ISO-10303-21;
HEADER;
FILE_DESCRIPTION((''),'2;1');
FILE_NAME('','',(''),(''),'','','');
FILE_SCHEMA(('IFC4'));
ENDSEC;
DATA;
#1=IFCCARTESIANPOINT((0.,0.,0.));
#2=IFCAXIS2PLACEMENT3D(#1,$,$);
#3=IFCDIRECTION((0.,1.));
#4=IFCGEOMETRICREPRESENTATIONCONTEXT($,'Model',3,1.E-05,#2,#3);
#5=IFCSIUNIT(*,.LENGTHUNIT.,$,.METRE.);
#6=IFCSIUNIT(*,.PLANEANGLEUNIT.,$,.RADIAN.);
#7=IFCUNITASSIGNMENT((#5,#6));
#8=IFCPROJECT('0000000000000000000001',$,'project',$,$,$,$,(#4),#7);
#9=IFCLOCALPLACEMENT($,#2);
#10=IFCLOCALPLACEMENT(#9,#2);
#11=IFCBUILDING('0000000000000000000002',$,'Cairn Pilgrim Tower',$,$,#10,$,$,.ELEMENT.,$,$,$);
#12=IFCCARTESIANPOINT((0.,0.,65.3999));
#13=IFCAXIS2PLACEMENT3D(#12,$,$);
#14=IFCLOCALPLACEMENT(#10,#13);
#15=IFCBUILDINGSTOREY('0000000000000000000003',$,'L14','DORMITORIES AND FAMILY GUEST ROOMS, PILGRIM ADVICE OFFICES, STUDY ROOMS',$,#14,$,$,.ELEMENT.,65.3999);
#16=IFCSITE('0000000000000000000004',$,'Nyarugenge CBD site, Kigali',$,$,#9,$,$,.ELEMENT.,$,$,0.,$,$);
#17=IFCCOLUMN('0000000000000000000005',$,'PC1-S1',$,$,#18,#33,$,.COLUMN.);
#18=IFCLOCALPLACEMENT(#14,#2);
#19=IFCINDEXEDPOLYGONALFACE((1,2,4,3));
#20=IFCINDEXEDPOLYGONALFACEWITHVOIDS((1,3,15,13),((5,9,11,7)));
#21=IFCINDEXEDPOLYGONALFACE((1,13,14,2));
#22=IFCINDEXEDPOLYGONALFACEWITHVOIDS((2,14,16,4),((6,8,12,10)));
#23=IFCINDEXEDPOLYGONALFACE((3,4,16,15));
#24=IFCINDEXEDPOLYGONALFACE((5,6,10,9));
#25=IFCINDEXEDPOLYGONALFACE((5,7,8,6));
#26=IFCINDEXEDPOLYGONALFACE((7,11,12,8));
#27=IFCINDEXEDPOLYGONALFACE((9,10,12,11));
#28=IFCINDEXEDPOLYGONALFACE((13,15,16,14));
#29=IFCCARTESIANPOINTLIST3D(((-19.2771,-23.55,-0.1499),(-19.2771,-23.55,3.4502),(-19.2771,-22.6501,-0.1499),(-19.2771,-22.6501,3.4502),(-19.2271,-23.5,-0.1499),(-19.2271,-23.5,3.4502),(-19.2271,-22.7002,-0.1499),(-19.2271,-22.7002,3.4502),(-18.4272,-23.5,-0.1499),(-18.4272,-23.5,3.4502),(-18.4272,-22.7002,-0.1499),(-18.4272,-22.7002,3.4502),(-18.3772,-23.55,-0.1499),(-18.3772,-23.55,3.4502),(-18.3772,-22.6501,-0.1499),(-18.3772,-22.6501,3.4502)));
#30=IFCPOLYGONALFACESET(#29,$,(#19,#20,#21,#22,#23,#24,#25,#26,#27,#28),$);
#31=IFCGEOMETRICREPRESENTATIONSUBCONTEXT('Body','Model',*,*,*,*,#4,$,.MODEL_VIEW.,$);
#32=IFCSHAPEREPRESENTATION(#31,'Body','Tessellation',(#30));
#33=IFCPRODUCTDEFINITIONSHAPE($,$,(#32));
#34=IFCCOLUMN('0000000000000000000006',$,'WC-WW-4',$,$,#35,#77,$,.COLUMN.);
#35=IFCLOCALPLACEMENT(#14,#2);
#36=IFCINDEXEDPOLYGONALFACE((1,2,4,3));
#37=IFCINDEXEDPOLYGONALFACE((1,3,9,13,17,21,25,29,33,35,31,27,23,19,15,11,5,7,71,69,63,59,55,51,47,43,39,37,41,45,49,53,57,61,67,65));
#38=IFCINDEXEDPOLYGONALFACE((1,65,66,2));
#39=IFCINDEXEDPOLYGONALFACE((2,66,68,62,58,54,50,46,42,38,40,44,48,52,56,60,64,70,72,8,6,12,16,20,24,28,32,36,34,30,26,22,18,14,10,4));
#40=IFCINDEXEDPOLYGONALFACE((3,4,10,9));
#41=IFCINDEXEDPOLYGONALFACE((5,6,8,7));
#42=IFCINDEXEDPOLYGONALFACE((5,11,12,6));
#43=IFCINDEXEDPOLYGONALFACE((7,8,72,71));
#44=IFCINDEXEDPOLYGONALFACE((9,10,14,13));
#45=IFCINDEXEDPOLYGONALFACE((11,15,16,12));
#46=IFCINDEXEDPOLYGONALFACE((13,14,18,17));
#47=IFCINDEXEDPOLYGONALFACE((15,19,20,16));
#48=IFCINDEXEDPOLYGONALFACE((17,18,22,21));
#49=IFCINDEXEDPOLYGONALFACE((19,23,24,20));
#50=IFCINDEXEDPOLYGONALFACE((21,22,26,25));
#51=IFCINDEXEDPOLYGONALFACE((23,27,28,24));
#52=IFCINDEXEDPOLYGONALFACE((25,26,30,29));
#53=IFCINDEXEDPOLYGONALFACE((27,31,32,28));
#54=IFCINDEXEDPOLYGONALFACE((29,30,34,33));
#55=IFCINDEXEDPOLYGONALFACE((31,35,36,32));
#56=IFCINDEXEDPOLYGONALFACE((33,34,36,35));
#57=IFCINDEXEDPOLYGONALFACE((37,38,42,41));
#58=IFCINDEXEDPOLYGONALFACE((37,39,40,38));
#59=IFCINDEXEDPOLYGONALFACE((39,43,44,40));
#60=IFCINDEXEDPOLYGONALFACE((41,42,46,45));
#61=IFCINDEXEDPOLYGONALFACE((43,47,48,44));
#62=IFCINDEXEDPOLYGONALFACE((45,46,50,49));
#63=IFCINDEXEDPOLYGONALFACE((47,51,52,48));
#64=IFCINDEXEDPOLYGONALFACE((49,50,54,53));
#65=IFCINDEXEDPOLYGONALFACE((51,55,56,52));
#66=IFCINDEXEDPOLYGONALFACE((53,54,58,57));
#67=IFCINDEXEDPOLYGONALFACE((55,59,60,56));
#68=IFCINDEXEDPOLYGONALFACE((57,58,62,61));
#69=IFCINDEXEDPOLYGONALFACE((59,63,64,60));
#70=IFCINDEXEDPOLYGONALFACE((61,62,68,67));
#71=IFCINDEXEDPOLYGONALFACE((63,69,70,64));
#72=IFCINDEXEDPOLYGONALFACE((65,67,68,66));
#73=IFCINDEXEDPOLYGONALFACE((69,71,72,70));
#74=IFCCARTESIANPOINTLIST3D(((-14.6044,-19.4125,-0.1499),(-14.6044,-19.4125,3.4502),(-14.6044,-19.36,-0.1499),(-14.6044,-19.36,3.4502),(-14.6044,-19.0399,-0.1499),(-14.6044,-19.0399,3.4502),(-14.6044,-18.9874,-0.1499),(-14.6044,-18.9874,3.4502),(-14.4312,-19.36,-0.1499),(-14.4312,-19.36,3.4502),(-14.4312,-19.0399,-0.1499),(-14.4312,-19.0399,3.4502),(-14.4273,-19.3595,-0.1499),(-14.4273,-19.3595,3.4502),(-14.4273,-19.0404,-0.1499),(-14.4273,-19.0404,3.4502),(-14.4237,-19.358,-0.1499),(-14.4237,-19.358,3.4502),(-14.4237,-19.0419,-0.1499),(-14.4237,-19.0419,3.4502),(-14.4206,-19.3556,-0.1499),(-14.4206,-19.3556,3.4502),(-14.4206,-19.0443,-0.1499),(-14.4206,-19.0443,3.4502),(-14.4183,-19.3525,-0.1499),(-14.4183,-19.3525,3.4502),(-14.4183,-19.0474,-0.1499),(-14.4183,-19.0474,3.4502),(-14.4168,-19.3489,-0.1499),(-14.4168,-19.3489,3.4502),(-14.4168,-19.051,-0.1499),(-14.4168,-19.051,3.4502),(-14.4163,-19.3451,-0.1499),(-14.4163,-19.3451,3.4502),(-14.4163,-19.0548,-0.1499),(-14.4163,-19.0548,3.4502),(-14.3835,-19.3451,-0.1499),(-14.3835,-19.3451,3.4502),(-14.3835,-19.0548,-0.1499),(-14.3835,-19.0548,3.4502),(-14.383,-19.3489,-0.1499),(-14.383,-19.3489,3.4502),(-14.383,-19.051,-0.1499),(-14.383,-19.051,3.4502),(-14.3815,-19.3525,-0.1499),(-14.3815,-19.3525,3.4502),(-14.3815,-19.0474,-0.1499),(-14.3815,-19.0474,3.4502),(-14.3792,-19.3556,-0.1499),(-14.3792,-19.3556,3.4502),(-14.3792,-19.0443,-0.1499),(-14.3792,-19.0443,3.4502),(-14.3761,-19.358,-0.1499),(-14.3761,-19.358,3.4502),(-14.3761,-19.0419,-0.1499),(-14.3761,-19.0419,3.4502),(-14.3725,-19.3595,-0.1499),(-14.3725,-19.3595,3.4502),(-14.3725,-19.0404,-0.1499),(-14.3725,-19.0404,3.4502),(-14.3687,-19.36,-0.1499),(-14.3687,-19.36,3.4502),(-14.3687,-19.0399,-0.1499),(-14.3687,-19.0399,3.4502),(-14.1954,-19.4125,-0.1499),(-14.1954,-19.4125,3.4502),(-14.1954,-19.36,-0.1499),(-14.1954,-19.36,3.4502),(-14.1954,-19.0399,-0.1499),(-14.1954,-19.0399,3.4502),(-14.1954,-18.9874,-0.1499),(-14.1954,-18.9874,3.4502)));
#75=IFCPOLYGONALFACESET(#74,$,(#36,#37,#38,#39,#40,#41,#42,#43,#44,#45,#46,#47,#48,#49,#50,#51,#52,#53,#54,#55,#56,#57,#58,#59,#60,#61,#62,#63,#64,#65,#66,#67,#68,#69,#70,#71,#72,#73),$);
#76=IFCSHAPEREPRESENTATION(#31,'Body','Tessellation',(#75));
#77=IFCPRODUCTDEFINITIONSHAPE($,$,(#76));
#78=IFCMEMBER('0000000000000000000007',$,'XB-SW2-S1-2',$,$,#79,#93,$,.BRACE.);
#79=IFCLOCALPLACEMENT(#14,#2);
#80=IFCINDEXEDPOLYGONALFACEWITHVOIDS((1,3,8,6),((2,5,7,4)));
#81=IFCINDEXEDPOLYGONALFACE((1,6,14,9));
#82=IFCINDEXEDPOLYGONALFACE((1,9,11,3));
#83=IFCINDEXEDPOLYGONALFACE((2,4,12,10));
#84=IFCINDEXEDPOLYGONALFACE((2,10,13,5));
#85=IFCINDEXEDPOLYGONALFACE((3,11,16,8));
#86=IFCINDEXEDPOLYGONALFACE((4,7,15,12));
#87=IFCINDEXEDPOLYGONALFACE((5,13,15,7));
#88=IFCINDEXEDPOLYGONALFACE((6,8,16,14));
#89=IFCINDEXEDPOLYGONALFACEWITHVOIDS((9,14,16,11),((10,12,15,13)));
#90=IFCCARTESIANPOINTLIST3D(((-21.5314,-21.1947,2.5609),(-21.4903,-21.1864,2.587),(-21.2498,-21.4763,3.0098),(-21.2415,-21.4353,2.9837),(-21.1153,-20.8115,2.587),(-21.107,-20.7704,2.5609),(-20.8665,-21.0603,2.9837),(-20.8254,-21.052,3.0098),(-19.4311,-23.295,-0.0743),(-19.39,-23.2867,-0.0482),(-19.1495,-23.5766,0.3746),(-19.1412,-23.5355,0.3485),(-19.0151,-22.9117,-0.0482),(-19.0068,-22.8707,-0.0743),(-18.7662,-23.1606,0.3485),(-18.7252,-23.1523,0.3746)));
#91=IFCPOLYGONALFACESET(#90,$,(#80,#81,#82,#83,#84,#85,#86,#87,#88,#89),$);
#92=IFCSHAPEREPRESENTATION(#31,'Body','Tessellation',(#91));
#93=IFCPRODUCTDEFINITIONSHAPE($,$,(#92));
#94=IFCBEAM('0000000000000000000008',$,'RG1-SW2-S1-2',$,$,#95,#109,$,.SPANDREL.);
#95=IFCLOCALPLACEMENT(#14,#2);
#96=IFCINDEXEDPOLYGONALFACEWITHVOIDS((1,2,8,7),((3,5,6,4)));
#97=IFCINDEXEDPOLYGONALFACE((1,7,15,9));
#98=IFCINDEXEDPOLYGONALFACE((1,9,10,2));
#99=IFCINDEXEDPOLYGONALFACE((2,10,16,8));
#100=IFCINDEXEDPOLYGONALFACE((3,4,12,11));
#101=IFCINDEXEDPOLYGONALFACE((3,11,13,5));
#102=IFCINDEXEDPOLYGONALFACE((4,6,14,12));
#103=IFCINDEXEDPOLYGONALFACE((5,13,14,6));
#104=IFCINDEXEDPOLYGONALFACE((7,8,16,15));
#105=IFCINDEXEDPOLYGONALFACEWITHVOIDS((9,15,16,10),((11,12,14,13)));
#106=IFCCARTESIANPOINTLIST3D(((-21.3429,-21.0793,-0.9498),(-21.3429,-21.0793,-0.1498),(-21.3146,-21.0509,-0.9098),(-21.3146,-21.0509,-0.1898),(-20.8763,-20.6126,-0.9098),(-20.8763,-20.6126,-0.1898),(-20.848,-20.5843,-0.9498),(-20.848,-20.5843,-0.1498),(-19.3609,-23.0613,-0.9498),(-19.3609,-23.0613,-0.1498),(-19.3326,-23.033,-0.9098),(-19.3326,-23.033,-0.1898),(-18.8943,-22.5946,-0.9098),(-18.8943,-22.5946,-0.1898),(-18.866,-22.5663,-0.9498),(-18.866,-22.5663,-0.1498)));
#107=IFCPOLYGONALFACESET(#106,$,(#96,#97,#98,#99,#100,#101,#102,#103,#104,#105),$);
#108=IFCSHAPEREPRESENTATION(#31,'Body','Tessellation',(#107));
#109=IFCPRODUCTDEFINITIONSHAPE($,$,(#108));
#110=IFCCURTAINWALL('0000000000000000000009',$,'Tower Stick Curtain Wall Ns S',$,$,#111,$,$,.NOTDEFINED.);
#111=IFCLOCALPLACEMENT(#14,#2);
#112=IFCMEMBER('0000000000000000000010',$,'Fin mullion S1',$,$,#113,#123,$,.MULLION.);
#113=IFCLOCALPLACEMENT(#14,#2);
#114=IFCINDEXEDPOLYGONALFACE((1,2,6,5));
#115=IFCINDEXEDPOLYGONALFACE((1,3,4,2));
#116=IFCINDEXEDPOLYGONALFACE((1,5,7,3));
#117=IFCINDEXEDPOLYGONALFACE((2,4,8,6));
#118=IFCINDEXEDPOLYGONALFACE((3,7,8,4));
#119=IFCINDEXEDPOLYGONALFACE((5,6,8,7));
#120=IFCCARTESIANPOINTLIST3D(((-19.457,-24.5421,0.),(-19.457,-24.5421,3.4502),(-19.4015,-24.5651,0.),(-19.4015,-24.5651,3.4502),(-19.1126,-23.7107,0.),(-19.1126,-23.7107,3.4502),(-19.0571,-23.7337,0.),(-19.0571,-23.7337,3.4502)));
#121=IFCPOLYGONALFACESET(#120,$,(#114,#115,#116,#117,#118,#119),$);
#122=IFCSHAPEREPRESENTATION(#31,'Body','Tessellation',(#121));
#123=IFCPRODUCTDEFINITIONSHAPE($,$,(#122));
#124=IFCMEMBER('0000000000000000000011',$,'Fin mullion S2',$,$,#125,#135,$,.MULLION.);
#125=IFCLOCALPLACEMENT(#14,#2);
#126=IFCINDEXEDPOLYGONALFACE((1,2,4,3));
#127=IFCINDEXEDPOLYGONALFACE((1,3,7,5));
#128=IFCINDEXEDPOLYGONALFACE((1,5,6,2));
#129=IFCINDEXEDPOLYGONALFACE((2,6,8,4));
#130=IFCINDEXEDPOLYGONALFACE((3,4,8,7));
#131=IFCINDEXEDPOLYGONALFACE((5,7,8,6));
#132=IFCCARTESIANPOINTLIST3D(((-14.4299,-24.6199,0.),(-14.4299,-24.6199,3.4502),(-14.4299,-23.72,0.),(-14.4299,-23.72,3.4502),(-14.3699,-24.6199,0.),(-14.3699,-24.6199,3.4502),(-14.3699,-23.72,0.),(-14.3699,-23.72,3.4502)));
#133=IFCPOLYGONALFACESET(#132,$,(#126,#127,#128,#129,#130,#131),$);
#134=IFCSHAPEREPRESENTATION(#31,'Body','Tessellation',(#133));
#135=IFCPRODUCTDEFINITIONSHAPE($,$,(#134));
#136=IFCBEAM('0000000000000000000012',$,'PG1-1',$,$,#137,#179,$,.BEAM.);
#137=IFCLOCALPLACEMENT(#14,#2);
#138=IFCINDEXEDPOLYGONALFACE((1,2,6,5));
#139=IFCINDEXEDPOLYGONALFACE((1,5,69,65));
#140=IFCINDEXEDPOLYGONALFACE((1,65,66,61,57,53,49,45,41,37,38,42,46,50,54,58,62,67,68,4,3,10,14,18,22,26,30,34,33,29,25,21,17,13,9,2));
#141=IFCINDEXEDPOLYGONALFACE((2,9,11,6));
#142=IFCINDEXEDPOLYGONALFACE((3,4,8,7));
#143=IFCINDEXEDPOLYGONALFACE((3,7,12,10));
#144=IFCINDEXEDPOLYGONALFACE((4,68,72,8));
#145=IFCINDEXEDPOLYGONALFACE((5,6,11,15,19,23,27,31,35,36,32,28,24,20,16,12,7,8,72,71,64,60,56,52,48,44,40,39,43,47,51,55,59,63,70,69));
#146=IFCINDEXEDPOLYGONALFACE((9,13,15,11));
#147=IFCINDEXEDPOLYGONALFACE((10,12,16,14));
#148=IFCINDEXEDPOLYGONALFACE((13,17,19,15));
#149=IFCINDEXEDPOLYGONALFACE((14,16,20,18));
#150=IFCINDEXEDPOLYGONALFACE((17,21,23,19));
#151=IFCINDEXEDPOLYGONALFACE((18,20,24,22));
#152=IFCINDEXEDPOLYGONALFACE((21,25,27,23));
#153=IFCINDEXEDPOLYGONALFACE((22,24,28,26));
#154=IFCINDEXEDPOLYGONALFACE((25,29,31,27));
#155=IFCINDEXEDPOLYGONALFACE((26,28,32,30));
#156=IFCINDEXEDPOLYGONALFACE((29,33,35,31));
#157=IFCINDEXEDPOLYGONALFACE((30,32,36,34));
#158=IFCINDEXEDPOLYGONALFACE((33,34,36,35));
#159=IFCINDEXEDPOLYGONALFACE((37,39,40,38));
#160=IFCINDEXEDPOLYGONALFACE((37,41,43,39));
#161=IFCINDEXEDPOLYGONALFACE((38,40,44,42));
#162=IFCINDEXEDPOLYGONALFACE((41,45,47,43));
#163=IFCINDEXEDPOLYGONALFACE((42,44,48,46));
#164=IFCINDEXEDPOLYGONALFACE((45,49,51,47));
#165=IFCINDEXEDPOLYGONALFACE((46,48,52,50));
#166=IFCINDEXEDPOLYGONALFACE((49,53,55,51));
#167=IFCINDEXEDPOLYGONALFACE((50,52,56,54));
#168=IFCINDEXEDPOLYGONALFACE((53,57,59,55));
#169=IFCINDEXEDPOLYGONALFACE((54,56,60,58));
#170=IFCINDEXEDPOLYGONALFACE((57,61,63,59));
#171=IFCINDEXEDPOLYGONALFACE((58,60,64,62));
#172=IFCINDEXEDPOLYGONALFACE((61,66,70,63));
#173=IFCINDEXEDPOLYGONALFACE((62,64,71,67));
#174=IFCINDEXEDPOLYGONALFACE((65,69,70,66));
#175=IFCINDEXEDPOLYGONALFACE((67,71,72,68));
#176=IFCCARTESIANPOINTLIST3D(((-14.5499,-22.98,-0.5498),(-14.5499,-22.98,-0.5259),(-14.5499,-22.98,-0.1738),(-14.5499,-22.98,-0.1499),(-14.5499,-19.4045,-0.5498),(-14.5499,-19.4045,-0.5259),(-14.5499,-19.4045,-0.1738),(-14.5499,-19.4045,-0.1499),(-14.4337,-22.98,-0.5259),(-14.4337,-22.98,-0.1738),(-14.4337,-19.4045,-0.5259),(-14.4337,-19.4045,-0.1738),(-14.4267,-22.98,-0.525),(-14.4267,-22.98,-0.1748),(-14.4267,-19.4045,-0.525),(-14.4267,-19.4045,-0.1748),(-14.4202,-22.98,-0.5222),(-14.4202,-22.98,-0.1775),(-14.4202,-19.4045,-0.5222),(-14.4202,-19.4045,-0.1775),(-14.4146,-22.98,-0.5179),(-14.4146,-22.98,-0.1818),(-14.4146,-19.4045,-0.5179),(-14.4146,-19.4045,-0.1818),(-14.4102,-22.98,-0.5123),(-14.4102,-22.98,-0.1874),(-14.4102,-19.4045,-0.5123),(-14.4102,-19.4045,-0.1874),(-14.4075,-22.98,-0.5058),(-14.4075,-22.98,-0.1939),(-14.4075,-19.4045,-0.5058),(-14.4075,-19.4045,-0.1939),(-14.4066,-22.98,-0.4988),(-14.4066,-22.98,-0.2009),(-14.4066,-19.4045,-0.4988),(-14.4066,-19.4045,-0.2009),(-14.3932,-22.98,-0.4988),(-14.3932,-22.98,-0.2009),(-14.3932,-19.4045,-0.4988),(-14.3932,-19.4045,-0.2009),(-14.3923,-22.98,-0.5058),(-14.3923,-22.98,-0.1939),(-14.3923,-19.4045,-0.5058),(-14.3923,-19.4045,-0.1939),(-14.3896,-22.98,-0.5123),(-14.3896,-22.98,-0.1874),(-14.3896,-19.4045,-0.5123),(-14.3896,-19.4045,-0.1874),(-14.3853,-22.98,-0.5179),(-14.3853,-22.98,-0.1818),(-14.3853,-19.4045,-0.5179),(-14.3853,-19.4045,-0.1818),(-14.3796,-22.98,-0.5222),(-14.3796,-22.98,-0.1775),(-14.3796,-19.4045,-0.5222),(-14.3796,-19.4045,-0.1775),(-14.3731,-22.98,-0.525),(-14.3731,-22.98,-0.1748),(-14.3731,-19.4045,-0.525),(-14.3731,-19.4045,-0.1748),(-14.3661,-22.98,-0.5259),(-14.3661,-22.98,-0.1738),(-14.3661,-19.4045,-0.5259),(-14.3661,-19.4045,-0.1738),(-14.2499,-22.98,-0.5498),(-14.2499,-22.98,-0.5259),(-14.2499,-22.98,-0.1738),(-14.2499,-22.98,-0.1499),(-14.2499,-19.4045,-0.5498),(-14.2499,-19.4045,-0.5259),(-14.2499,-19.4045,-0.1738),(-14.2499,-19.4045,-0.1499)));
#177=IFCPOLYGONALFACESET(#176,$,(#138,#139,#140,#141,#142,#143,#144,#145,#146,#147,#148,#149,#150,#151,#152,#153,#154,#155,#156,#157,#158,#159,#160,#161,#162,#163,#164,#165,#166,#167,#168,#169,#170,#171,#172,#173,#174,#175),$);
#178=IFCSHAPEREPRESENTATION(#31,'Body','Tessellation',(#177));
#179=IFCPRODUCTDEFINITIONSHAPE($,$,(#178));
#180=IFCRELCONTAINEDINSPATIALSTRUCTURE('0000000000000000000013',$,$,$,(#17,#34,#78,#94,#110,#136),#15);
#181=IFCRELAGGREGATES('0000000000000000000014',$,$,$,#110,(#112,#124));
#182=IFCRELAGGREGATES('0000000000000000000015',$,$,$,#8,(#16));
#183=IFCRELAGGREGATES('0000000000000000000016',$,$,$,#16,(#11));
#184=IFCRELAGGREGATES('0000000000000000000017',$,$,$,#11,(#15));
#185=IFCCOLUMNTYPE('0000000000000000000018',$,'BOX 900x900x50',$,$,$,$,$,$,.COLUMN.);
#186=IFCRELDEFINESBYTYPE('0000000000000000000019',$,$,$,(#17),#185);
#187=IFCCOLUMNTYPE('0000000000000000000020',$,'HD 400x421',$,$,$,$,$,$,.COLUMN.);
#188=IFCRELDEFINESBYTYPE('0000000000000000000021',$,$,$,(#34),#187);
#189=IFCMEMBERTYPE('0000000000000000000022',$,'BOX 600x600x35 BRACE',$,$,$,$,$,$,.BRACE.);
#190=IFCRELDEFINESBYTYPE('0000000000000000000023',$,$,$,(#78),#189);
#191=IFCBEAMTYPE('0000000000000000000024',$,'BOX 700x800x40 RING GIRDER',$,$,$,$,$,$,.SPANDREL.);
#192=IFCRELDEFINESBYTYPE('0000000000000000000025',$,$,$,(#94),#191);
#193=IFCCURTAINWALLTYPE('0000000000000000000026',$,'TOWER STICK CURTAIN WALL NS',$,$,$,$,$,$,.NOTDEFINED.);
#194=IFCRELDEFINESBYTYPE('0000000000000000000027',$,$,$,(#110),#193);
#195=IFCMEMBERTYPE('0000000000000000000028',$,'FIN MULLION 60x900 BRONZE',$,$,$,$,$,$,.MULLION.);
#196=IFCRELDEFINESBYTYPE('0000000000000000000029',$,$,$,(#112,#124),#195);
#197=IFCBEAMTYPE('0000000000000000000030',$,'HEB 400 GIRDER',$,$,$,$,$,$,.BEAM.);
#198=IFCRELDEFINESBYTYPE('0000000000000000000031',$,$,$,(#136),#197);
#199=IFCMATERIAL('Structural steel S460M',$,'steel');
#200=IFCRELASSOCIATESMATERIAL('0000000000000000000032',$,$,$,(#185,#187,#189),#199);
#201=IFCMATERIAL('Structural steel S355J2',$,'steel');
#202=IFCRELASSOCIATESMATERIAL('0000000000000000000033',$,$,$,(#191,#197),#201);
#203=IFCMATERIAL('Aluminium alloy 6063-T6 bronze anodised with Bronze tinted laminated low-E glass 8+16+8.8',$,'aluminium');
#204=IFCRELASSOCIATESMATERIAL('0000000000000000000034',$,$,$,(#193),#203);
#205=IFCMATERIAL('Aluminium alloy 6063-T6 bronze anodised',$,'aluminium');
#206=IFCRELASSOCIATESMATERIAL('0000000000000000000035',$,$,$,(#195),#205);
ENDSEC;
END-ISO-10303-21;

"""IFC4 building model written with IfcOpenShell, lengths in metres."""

from ifc_helpers import new_model, si_unit, direction, frame, origin, origin_2d, place, context, subcontext, project, spatial, rectangle, hollow_rectangle, i_section, extrude, material, material_profile, profile_set, type_object, element, aggregate, save


model = new_model("IFC4")

# Units and contexts
model_context = context("Model", 3, precision=1e-05, world=origin(), true_north=direction((0.0, 1.0)))
body_context = subcontext(model_context, "Body", "Model", "MODEL_VIEW")
ifc_project = project(units=[si_unit("LENGTHUNIT", "METRE"), si_unit("PLANEANGLEUNIT", "RADIAN")], contexts=[model_context])

# Site, building, storey
site_placement = place(None, origin())
site = spatial("IfcSite", under=ifc_project, at=site_placement, Name="Nyarugenge CBD site, Kigali", CompositionType="ELEMENT", RefElevation=0.0)
building_placement = place(site_placement, origin())
building = spatial("IfcBuilding", under=site, at=building_placement, Name="Cairn Pilgrim Tower", CompositionType="ELEMENT")
storey_placement = place(building_placement, frame((0.0, 0.0, 65.3999)))
storey = spatial("IfcBuildingStorey", under=building, at=storey_placement, Name="L14", Description="DORMITORIES AND FAMILY GUEST ROOMS, PILGRIM ADVICE OFFICES, STUDY ROOMS", CompositionType="ELEMENT", Elevation=65.3999)

# Columns
ifc_material_1 = material(Name="Structural steel S460M", Category="steel")
ifc_material_profile_1 = material_profile(ifc_material_1, hollow_rectangle(XDim=0.8999, YDim=0.8999, WallThickness=0.05, at=origin_2d()), Name="BOX 900x900x50")
ifc_profile_set_1 = profile_set([ifc_material_profile_1], Name="Structural steel S460M")
column_type_1 = type_object("IfcColumnType", Name="BOX 900x900x50", PredefinedType="COLUMN", material=ifc_profile_set_1)
column_1_placement = place(storey_placement, frame((-18.8271, -23.1001, -0.1499), z_axis=(0.0, 0.0, 1.0), x_axis=(1.0, 0.0, 0.0)))
element("IfcColumn", 1, at=column_1_placement, inside=storey, type_object=column_type_1, Name="PC1-S1", PredefinedType="COLUMN", context=body_context, shape_type="SweptSolid", body=[
    extrude(hollow_rectangle(XDim=0.8999, YDim=0.8999, WallThickness=0.05, at=origin_2d()), origin(), (0.0, 0.0, 1.0), 3.6001),
])
ifc_material_profile_2 = material_profile(ifc_material_1, i_section(OverallWidth=0.4089, OverallDepth=0.425, WebThickness=0.0327, FlangeThickness=0.0525, FilletRadius=0.0149, at=origin_2d()), Name="HD 400x421")
ifc_profile_set_2 = profile_set([ifc_material_profile_2], Name="Structural steel S460M")
column_type_2 = type_object("IfcColumnType", Name="HD 400x421", PredefinedType="COLUMN", material=ifc_profile_set_2)
column_2_placement = place(storey_placement, frame((-14.3999, -19.2, -0.1499), z_axis=(0.0, 0.0, 1.0), x_axis=(1.0, 0.0, 0.0)))
element("IfcColumn", 2, at=column_2_placement, inside=storey, type_object=column_type_2, Name="WC-WW-4", PredefinedType="COLUMN", context=body_context, shape_type="SweptSolid", body=[
    extrude(i_section(OverallWidth=0.4089, OverallDepth=0.425, WebThickness=0.0327, FlangeThickness=0.0525, FilletRadius=0.0149, at=origin_2d()), origin(), (0.0, 0.0, 1.0), 3.6001),
])

# Member
ifc_material_profile_3 = material_profile(ifc_material_1, hollow_rectangle(XDim=0.6001, YDim=0.6001, WallThickness=0.0349, at=origin_2d()), Name="BOX 600x600x35")
ifc_profile_set_3 = profile_set([ifc_material_profile_3], Name="Structural steel S460M")
member_type_1 = type_object("IfcMemberType", Name="BOX 600x600x35 BRACE", PredefinedType="BRACE", material=ifc_profile_set_3)
member_1_placement = place(storey_placement, frame((-19.0781, -23.2236, 0.1501), z_axis=(-0.528944, 0.528944, 0.663654), x_axis=(-0.707107, -0.707107, 0.0)))
element("IfcMember", 3, at=member_1_placement, inside=storey, type_object=member_type_1, Name="XB-SW2-S1-2", PredefinedType="BRACE", context=body_context, shape_type="SweptSolid", body=[
    extrude(hollow_rectangle(XDim=0.6001, YDim=0.6001, WallThickness=0.0349, at=origin_2d()), origin(), (0.0, 0.0, 1.0), 3.9707),
])

# Beam
ifc_material_2 = material(Name="Structural steel S355J2", Category="steel")
ifc_material_profile_4 = material_profile(ifc_material_2, hollow_rectangle(XDim=0.7, YDim=0.8, WallThickness=0.04, at=origin_2d()), Name="BOX 700x800x40")
ifc_profile_set_4 = profile_set([ifc_material_profile_4], Name="Structural steel S355J2")
beam_type_1 = type_object("IfcBeamType", Name="BOX 700x800x40 RING GIRDER", PredefinedType="SPANDREL", material=ifc_profile_set_4)
beam_1_placement = place(storey_placement, frame((-21.0955, -20.8318, -0.5498), z_axis=(0.707107, -0.707107, 0.0), x_axis=(0.707107, 0.707107, 0.0)))
element("IfcBeam", 4, at=beam_1_placement, inside=storey, type_object=beam_type_1, Name="RG1-SW2-S1-2", PredefinedType="SPANDREL", context=body_context, shape_type="SweptSolid", body=[
    extrude(hollow_rectangle(XDim=0.7, YDim=0.8, WallThickness=0.04, at=origin_2d()), origin(), (0.0, 0.0, 1.0), 2.803),
])

# Curtain wall, members
ifc_material_3 = material(Name="Aluminium alloy 6063-T6 bronze anodised with Bronze tinted laminated low-E glass 8+16+8.8", Category="aluminium")
curtain_wall_type_1 = type_object("IfcCurtainWallType", Name="TOWER STICK CURTAIN WALL NS", PredefinedType="NOTDEFINED", material=ifc_material_3)
curtain_wall_1_placement = place(storey_placement, origin())
curtain_wall_1 = element("IfcCurtainWall", 5, at=curtain_wall_1_placement, inside=storey, type_object=curtain_wall_type_1, Name="Tower Stick Curtain Wall Ns S", PredefinedType="NOTDEFINED")
ifc_material_4 = material(Name="Aluminium alloy 6063-T6 bronze anodised", Category="aluminium")
ifc_material_profile_5 = material_profile(ifc_material_4, rectangle(XDim=0.8999, YDim=0.0601, at=origin_2d()), Name="FIN MULLION 60x900 BRONZE")
ifc_profile_set_5 = profile_set([ifc_material_profile_5], Name="Aluminium alloy 6063-T6 bronze anodised")
member_type_2 = type_object("IfcMemberType", Name="FIN MULLION 60x900 BRONZE", PredefinedType="MULLION", material=ifc_profile_set_5)
member_2_placement = place(storey_placement, frame((-19.2571, -24.1379, 0.0), z_axis=(0.0, 0.0, 1.0), x_axis=(-0.382683, -0.92388, 0.0)))
member_2 = element("IfcMember", 6, at=member_2_placement, type_object=member_type_2, Name="Fin mullion S1", PredefinedType="MULLION", context=body_context, shape_type="SweptSolid", body=[
    extrude(rectangle(XDim=0.8999, YDim=0.0601, at=origin_2d()), origin(), (0.0, 0.0, 1.0), 3.4502),
])
member_3_placement = place(storey_placement, frame((-14.3999, -24.1699, 0.0), z_axis=(0.0, 0.0, 1.0), x_axis=(0.0, -1.0, 0.0)))
member_3 = element("IfcMember", 7, at=member_3_placement, type_object=member_type_2, Name="Fin mullion S2", PredefinedType="MULLION", context=body_context, shape_type="SweptSolid", body=[
    extrude(rectangle(XDim=0.8999, YDim=0.0601, at=origin_2d()), origin(), (0.0, 0.0, 1.0), 3.4502),
])

# Beam
ifc_material_profile_6 = material_profile(ifc_material_2, i_section(OverallWidth=0.3, OverallDepth=0.3999, WebThickness=0.0134, FlangeThickness=0.0239, FilletRadius=0.0271, at=origin_2d()), Name="HEB 400")
ifc_profile_set_6 = profile_set([ifc_material_profile_6], Name="Structural steel S355J2")
beam_type_2 = type_object("IfcBeamType", Name="HEB 400 GIRDER", PredefinedType="BEAM", material=ifc_profile_set_6)
beam_2_placement = place(storey_placement, frame((-14.3999, -22.98, -0.3499), z_axis=(0.0, 1.0, 0.0), x_axis=(-1.0, 0.0, 0.0)))
element("IfcBeam", 8, at=beam_2_placement, inside=storey, type_object=beam_type_2, Name="PG1-1", PredefinedType="BEAM", context=body_context, shape_type="SweptSolid", body=[
    extrude(i_section(OverallWidth=0.3, OverallDepth=0.3999, WebThickness=0.0134, FlangeThickness=0.0239, FilletRadius=0.0271, at=origin_2d()), origin(), (0.0, 0.0, 1.0), 3.5754),
])

aggregate(curtain_wall_1, [member_2, member_3])

save(model, "model.ifc")
